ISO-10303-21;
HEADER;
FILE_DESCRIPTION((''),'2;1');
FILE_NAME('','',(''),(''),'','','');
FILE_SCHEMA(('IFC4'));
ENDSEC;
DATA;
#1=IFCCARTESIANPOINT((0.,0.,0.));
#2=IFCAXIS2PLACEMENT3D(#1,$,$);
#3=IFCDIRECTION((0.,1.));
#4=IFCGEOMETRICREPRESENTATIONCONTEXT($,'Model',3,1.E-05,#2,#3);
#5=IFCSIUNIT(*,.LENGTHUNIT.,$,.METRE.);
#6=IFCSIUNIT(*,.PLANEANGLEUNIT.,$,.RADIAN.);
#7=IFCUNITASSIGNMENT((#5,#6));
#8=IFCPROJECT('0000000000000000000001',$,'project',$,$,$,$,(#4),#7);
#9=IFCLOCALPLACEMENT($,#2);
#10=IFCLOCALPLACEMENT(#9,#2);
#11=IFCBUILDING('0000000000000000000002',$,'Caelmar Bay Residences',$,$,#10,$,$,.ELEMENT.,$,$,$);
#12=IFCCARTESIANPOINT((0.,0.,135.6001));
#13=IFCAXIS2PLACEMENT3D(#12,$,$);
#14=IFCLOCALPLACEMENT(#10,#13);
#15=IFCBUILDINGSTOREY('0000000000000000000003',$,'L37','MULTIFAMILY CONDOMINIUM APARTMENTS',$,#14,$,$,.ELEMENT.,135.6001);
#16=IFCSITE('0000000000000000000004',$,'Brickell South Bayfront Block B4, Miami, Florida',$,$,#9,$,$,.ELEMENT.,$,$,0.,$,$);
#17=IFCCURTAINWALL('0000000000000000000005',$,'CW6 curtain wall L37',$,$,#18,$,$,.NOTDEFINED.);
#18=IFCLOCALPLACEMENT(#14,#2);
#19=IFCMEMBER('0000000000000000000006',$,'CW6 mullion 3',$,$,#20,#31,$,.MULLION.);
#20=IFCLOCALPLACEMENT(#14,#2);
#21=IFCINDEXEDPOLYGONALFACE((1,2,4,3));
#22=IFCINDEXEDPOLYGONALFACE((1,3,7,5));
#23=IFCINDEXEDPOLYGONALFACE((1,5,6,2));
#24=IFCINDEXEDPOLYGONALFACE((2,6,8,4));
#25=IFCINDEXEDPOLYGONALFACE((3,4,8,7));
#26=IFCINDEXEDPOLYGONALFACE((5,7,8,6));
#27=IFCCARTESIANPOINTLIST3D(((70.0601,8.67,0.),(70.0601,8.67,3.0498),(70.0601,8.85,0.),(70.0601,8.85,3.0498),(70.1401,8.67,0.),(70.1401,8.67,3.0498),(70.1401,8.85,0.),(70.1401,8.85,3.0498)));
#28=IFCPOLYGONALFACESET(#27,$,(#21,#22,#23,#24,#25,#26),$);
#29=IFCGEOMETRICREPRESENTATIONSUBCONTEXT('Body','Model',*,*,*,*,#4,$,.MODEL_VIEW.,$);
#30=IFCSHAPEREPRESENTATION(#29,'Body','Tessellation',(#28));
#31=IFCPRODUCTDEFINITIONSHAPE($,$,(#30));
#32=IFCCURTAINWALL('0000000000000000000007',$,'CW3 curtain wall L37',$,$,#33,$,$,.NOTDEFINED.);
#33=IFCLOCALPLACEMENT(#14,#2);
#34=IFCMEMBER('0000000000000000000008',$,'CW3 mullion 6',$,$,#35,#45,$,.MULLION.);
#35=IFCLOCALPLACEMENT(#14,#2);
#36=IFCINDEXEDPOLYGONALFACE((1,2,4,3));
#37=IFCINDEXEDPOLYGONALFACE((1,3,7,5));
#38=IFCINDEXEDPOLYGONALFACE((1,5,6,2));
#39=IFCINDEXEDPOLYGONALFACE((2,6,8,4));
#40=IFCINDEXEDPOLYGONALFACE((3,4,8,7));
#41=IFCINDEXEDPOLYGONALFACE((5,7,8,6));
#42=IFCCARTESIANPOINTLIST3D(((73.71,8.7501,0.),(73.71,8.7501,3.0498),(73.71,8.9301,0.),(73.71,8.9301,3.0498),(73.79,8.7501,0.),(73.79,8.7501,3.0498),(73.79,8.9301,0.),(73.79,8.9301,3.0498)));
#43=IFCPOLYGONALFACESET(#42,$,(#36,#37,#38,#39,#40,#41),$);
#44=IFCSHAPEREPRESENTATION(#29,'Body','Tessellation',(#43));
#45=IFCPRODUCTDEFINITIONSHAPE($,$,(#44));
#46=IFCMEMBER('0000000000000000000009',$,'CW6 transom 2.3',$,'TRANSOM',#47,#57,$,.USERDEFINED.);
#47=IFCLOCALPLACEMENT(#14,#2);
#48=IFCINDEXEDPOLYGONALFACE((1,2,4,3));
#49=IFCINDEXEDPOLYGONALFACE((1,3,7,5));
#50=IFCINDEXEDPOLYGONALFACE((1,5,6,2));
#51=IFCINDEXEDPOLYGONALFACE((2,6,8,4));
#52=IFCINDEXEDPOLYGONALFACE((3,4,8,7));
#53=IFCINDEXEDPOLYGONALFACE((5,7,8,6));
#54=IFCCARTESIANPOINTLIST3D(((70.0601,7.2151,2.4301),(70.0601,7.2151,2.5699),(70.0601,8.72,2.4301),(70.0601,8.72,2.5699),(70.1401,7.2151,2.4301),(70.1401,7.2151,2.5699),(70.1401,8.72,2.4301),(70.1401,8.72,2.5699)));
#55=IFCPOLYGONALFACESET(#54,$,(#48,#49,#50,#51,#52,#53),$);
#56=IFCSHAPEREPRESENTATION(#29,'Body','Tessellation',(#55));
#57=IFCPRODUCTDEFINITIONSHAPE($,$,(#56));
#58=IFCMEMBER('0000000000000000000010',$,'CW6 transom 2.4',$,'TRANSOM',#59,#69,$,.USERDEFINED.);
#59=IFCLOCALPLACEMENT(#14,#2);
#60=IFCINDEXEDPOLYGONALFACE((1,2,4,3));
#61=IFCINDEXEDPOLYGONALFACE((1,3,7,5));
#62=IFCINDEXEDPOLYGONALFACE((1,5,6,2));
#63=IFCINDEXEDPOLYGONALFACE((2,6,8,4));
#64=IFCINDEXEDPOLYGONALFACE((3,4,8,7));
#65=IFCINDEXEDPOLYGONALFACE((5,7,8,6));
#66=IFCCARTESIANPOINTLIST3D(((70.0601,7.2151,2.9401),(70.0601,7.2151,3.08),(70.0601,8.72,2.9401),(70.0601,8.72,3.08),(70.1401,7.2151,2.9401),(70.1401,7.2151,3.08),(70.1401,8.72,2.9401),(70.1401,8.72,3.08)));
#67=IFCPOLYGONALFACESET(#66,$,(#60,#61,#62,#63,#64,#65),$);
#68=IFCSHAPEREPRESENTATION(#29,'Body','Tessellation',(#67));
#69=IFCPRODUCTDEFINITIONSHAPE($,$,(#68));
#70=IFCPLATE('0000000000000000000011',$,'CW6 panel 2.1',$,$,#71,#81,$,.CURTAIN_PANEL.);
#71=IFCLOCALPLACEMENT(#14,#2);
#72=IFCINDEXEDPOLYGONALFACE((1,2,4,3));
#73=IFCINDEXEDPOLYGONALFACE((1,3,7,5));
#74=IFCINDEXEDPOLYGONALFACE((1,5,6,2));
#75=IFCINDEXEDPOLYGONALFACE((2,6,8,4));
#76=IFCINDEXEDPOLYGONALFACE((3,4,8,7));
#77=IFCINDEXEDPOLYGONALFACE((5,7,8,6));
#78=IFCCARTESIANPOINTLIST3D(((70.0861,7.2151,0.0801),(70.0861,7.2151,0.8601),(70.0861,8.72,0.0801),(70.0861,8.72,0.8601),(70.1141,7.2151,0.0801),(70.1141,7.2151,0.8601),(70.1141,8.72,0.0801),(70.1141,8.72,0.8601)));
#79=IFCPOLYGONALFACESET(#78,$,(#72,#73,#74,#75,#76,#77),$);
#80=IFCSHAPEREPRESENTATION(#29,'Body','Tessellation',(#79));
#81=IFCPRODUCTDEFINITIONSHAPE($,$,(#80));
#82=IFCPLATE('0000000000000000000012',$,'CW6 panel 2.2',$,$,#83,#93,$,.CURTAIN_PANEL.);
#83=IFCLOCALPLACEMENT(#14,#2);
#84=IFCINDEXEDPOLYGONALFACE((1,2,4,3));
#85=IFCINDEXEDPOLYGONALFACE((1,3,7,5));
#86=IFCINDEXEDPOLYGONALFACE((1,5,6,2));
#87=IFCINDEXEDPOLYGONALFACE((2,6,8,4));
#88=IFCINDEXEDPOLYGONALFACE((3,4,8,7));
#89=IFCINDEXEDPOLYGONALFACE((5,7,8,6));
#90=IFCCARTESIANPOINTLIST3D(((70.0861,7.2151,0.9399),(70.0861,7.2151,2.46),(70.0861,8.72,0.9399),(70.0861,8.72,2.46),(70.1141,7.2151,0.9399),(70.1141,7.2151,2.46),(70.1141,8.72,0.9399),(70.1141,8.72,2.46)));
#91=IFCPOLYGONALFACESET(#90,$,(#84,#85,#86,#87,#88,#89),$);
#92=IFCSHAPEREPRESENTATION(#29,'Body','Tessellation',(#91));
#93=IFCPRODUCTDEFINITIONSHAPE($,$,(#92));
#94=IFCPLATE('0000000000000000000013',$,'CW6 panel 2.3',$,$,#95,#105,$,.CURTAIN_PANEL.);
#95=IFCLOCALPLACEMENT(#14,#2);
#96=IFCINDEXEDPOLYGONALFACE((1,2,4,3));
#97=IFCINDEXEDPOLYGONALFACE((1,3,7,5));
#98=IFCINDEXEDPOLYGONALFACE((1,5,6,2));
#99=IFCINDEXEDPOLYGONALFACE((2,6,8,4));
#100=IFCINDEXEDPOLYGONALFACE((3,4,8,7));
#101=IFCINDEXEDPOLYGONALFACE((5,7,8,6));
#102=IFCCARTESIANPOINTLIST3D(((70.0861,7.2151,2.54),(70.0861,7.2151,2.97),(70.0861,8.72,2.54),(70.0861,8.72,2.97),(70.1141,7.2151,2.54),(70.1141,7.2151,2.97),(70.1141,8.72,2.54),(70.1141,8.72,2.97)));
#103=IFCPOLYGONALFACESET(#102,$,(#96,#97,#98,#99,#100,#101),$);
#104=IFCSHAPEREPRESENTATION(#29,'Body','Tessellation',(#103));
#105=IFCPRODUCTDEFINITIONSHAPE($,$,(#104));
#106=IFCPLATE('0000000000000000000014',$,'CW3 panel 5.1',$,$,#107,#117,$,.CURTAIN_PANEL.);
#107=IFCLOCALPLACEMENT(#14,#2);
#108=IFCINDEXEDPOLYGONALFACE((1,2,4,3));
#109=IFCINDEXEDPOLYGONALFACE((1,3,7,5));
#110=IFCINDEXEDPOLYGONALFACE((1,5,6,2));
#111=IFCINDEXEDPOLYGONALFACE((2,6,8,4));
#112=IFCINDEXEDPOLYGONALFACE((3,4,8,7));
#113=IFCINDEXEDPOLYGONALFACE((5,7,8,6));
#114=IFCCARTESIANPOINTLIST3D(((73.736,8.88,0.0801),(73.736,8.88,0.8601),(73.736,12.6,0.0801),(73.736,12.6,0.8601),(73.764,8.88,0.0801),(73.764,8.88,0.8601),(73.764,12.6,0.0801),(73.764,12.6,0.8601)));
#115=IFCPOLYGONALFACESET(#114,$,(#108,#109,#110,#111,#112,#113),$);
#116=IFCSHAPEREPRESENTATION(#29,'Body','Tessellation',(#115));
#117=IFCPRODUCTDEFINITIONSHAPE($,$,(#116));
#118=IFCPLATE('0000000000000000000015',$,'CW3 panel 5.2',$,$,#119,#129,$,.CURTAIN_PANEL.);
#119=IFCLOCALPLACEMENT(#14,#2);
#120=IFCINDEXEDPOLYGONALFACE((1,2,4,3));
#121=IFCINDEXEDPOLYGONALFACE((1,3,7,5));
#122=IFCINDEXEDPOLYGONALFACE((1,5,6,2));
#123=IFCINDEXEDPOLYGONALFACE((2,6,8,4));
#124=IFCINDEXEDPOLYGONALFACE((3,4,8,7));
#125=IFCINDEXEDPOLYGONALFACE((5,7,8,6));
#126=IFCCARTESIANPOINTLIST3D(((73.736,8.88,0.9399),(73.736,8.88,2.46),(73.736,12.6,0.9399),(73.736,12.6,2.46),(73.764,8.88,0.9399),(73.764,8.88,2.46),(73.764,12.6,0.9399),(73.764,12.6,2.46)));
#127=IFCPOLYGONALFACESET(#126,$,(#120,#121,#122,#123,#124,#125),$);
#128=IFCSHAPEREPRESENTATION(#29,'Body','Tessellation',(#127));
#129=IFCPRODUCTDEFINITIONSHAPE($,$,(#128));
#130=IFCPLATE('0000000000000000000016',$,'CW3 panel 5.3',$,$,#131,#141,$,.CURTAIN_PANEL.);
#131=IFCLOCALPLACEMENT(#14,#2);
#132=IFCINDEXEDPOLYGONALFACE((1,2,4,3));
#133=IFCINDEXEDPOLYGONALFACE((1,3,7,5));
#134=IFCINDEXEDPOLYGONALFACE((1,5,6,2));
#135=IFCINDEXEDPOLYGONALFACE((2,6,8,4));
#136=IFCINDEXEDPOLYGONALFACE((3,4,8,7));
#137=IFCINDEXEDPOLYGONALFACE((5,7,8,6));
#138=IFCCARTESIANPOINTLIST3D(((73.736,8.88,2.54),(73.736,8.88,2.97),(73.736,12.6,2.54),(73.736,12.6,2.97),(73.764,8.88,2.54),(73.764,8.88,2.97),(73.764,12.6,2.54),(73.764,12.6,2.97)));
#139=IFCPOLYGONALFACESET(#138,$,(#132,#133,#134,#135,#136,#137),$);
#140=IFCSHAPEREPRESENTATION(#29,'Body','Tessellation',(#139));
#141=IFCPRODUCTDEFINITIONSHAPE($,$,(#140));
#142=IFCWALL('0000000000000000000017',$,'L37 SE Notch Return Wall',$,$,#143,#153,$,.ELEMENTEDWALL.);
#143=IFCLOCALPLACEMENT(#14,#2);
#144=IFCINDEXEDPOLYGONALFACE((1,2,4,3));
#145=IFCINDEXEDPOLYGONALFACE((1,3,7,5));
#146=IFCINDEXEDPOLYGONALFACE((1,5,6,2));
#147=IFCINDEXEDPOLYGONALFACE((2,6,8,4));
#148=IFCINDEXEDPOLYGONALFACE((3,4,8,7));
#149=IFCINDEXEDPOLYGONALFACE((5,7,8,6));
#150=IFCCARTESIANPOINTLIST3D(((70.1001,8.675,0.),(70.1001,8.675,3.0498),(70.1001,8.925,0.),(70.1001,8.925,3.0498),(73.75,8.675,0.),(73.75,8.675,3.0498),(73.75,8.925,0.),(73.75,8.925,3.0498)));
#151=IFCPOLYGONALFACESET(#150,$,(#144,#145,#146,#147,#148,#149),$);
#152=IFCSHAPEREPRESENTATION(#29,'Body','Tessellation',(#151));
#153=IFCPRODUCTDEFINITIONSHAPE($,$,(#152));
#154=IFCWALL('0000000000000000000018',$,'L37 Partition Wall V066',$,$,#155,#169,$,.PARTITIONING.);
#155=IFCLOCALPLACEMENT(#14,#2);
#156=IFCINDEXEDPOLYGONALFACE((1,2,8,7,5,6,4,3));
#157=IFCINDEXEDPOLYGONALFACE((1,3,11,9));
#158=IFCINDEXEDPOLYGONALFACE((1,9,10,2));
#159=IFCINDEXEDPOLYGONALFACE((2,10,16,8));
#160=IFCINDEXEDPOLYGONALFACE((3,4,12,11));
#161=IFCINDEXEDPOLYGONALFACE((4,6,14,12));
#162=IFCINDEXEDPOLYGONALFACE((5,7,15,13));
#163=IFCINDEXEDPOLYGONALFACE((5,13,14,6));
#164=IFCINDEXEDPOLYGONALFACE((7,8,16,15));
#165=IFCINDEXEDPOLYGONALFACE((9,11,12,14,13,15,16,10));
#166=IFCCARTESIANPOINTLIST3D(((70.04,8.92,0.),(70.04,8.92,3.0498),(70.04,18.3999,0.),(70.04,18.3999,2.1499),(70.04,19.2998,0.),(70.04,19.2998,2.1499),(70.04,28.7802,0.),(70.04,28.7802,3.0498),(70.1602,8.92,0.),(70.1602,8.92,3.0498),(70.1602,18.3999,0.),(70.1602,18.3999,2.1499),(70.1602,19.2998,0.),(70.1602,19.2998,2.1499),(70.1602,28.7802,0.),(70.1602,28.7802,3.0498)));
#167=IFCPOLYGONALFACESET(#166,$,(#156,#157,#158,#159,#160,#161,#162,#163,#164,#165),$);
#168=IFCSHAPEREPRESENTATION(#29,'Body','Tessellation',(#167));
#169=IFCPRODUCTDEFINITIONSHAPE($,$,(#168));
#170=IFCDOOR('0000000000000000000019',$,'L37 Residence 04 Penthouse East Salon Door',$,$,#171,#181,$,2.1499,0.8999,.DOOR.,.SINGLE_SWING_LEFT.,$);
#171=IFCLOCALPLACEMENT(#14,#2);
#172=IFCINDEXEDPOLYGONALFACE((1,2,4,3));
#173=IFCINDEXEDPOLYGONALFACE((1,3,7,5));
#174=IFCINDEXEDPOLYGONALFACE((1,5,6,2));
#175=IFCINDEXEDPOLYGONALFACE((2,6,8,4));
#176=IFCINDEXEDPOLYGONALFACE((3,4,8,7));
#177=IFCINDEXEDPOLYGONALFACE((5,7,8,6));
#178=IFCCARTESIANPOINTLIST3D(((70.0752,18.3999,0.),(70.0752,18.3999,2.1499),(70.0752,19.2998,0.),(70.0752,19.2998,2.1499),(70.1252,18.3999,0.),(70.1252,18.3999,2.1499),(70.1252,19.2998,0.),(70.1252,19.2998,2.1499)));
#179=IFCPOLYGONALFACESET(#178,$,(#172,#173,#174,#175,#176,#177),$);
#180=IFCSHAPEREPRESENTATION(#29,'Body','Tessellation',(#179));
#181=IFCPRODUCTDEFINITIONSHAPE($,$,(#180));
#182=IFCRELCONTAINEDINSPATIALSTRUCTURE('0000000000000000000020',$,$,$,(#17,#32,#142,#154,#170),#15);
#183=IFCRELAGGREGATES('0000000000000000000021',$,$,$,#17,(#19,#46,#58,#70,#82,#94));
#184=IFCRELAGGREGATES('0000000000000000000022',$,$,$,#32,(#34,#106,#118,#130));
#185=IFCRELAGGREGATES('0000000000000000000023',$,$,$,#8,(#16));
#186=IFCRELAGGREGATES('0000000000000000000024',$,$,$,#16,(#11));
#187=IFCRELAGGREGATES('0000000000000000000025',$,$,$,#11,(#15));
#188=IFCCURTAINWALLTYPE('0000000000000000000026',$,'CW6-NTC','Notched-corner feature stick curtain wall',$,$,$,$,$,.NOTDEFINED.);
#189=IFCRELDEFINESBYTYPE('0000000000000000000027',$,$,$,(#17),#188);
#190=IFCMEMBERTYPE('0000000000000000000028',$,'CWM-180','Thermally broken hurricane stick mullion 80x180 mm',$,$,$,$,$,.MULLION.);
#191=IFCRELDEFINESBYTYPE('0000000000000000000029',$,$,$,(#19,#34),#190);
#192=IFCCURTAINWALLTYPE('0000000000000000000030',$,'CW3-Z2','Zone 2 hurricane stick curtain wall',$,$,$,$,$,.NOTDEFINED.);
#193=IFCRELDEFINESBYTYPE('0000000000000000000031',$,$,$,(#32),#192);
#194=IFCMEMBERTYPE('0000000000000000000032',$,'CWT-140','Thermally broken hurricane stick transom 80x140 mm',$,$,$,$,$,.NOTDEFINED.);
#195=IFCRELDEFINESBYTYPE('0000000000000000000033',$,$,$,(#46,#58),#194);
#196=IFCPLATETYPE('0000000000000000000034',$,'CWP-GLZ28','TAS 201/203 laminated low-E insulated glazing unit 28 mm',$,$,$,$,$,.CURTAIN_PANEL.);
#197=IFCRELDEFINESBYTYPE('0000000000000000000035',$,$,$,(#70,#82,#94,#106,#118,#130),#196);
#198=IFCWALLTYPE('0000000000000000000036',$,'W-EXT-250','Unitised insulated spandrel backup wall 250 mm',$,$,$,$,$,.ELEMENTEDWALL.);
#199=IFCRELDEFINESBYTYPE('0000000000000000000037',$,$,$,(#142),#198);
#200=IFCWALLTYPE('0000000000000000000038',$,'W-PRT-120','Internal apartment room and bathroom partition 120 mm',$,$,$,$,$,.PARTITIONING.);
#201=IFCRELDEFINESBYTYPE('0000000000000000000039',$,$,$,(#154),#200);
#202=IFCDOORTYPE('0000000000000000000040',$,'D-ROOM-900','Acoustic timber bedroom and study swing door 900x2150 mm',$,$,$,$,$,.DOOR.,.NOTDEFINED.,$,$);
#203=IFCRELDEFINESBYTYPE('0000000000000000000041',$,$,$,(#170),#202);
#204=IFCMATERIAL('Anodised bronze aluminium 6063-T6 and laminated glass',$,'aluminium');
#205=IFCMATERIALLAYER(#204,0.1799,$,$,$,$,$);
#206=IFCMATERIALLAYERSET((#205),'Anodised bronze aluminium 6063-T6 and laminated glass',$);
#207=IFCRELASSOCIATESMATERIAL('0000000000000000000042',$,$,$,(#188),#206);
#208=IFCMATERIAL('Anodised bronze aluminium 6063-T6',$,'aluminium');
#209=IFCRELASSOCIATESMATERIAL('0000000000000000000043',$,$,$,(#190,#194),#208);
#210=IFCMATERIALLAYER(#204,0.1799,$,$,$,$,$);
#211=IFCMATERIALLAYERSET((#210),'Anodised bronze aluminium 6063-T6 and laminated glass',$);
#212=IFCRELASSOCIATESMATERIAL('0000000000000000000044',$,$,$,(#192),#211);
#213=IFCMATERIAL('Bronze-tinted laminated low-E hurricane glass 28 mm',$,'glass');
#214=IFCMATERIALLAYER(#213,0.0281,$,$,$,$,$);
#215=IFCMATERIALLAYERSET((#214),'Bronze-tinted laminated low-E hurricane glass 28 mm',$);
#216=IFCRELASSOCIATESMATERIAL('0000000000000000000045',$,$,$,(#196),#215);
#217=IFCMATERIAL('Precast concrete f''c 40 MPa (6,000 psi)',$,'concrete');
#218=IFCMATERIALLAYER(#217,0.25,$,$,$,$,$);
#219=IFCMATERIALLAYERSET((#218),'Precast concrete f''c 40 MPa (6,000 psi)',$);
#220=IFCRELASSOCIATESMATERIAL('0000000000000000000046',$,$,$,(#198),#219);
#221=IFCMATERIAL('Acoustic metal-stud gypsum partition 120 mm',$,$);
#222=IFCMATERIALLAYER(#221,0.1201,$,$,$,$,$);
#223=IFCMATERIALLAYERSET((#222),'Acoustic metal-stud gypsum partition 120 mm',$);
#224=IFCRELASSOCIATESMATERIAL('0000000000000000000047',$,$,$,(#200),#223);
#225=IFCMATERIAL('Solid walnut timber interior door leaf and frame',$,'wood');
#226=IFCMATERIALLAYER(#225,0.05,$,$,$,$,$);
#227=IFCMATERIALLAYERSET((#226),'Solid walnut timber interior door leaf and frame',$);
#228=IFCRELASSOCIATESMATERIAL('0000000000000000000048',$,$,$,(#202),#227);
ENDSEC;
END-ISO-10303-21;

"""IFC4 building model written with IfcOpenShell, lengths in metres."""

from ifc_helpers import new_model, si_unit, direction, frame, frame_2d, origin, origin_2d, place, context, subcontext, project, spatial, rectangle, extrude, material, layer, layer_set, material_profile, profile_set, type_object, element, fill, aggregate, save


model = new_model("IFC4")

# Units and contexts
model_context = context("Model", 3, precision=1e-05, world=origin(), true_north=direction((0.0, 1.0)))
body_context = subcontext(model_context, "Body", "Model", "MODEL_VIEW")
ifc_project = project(units=[si_unit("LENGTHUNIT", "METRE"), si_unit("PLANEANGLEUNIT", "RADIAN")], contexts=[model_context])

# Site, building, storey
site_placement = place(None, origin())
site = spatial("IfcSite", under=ifc_project, at=site_placement, Name="Brickell South Bayfront Block B4, Miami, Florida", CompositionType="ELEMENT", RefElevation=0.0)
building_placement = place(site_placement, origin())
building = spatial("IfcBuilding", under=site, at=building_placement, Name="Caelmar Bay Residences", CompositionType="ELEMENT")
storey_placement = place(building_placement, frame((0.0, 0.0, 135.6001)))
storey = spatial("IfcBuildingStorey", under=building, at=storey_placement, Name="L37", Description="MULTIFAMILY CONDOMINIUM APARTMENTS", CompositionType="ELEMENT", Elevation=135.6001)

# Curtain walls, members
ifc_material_1 = material(Name="Anodised bronze aluminium 6063-T6 and laminated glass", Category="aluminium")
ifc_layer_1 = layer(ifc_material_1, 0.1799)
ifc_layer_set_1 = layer_set([ifc_layer_1], Name="Anodised bronze aluminium 6063-T6 and laminated glass")
curtain_wall_type_1 = type_object("IfcCurtainWallType", Name="CW6-NTC", Description="Notched-corner feature stick curtain wall", PredefinedType="NOTDEFINED", material=ifc_layer_set_1)
curtain_wall_1_placement = place(storey_placement, origin())
curtain_wall_1 = element("IfcCurtainWall", 1, at=curtain_wall_1_placement, inside=storey, type_object=curtain_wall_type_1, Name="CW6 curtain wall L37", PredefinedType="NOTDEFINED")
ifc_material_2 = material(Name="Anodised bronze aluminium 6063-T6", Category="aluminium")
ifc_material_profile_1 = material_profile(ifc_material_2, rectangle(XDim=0.0801, YDim=0.1799, at=origin_2d()), Name="CWM-80X180")
ifc_profile_set_1 = profile_set([ifc_material_profile_1], Name="Anodised bronze aluminium 6063-T6")
member_type_1 = type_object("IfcMemberType", Name="CWM-180", Description="Thermally broken hurricane stick mullion 80x180 mm", PredefinedType="MULLION", material=ifc_profile_set_1)
member_1_placement = place(storey_placement, frame((70.1001, 8.76, 0.0), z_axis=(0.0, 0.0, 1.0), x_axis=(-1.0, 0.0, 0.0)))
member_1 = element("IfcMember", 2, at=member_1_placement, type_object=member_type_1, Name="CW6 mullion 3", PredefinedType="MULLION", context=body_context, shape_type="SweptSolid", body=[
    extrude(rectangle(XDim=0.0801, YDim=0.1799, at=origin_2d()), origin(), (0.0, 0.0, 1.0), 3.0498),
])
ifc_layer_2 = layer(ifc_material_1, 0.1799)
ifc_layer_set_2 = layer_set([ifc_layer_2], Name="Anodised bronze aluminium 6063-T6 and laminated glass")
curtain_wall_type_2 = type_object("IfcCurtainWallType", Name="CW3-Z2", Description="Zone 2 hurricane stick curtain wall", PredefinedType="NOTDEFINED", material=ifc_layer_set_2)
curtain_wall_2_placement = place(storey_placement, origin())
curtain_wall_2 = element("IfcCurtainWall", 3, at=curtain_wall_2_placement, inside=storey, type_object=curtain_wall_type_2, Name="CW3 curtain wall L37", PredefinedType="NOTDEFINED")
member_2_placement = place(storey_placement, frame((73.75, 8.8401, 0.0), z_axis=(0.0, 0.0, 1.0), x_axis=(1.0, 0.0, 0.0)))
member_2 = element("IfcMember", 4, at=member_2_placement, type_object=member_type_1, Name="CW3 mullion 6", PredefinedType="MULLION", context=body_context, shape_type="SweptSolid", body=[
    extrude(rectangle(XDim=0.0801, YDim=0.1799, at=origin_2d()), origin(), (0.0, 0.0, 1.0), 3.0498),
])

# Members
ifc_material_profile_2 = material_profile(ifc_material_2, rectangle(XDim=0.0801, YDim=0.1399, at=origin_2d()), Name="CWT-80X140")
ifc_profile_set_2 = profile_set([ifc_material_profile_2], Name="Anodised bronze aluminium 6063-T6")
member_type_2 = type_object("IfcMemberType", Name="CWT-140", Description="Thermally broken hurricane stick transom 80x140 mm", PredefinedType="NOTDEFINED", material=ifc_profile_set_2)
member_3_placement = place(storey_placement, frame((70.1001, 7.2151, 2.5), z_axis=(0.0, 1.0, 0.0), x_axis=(-1.0, 0.0, 0.0)))
member_3 = element("IfcMember", 5, at=member_3_placement, type_object=member_type_2, Name="CW6 transom 2.3", ObjectType="TRANSOM", PredefinedType="USERDEFINED", context=body_context, shape_type="SweptSolid", body=[
    extrude(rectangle(XDim=0.0801, YDim=0.1399, at=origin_2d()), origin(), (0.0, 0.0, 1.0), 1.5049),
])
member_4_placement = place(storey_placement, frame((70.1001, 7.2151, 3.01), z_axis=(0.0, 1.0, 0.0), x_axis=(-1.0, 0.0, 0.0)))
member_4 = element("IfcMember", 6, at=member_4_placement, type_object=member_type_2, Name="CW6 transom 2.4", ObjectType="TRANSOM", PredefinedType="USERDEFINED", context=body_context, shape_type="SweptSolid", body=[
    extrude(rectangle(XDim=0.0801, YDim=0.1399, at=origin_2d()), origin(), (0.0, 0.0, 1.0), 1.5049),
])

# Plates
ifc_material_3 = material(Name="Bronze-tinted laminated low-E hurricane glass 28 mm", Category="glass")
ifc_layer_3 = layer(ifc_material_3, 0.0281)
ifc_layer_set_3 = layer_set([ifc_layer_3], Name="Bronze-tinted laminated low-E hurricane glass 28 mm")
plate_type = type_object("IfcPlateType", Name="CWP-GLZ28", Description="TAS 201/203 laminated low-E insulated glazing unit 28 mm", PredefinedType="CURTAIN_PANEL", material=ifc_layer_set_3)
plate_1_placement = place(storey_placement, frame((70.1001, 7.9675, 0.0801), z_axis=(0.0, 0.0, 1.0), x_axis=(0.0, 1.0, 0.0)))
plate_1 = element("IfcPlate", 7, at=plate_1_placement, type_object=plate_type, Name="CW6 panel 2.1", PredefinedType="CURTAIN_PANEL", context=body_context, shape_type="SweptSolid", body=[
    extrude(rectangle(XDim=1.5049, YDim=0.0281, at=origin_2d()), origin(), (0.0, 0.0, 1.0), 0.78),
])
plate_2_placement = place(storey_placement, frame((70.1001, 7.9675, 0.9399), z_axis=(0.0, 0.0, 1.0), x_axis=(0.0, 1.0, 0.0)))
plate_2 = element("IfcPlate", 8, at=plate_2_placement, type_object=plate_type, Name="CW6 panel 2.2", PredefinedType="CURTAIN_PANEL", context=body_context, shape_type="SweptSolid", body=[
    extrude(rectangle(XDim=1.5049, YDim=0.0281, at=origin_2d()), origin(), (0.0, 0.0, 1.0), 1.52),
])
plate_3_placement = place(storey_placement, frame((70.1001, 7.9675, 2.54), z_axis=(0.0, 0.0, 1.0), x_axis=(0.0, 1.0, 0.0)))
plate_3 = element("IfcPlate", 9, at=plate_3_placement, type_object=plate_type, Name="CW6 panel 2.3", PredefinedType="CURTAIN_PANEL", context=body_context, shape_type="SweptSolid", body=[
    extrude(rectangle(XDim=1.5049, YDim=0.0281, at=origin_2d()), origin(), (0.0, 0.0, 1.0), 0.4299),
])
aggregate(curtain_wall_1, [member_1, member_3, member_4, plate_1, plate_2, plate_3])
plate_4_placement = place(storey_placement, frame((73.75, 10.74, 0.0801), z_axis=(0.0, 0.0, 1.0), x_axis=(0.0, -1.0, 0.0)))
plate_4 = element("IfcPlate", 10, at=plate_4_placement, type_object=plate_type, Name="CW3 panel 5.1", PredefinedType="CURTAIN_PANEL", context=body_context, shape_type="SweptSolid", body=[
    extrude(rectangle(XDim=3.72, YDim=0.0281, at=origin_2d()), origin(), (0.0, 0.0, 1.0), 0.78),
])
plate_5_placement = place(storey_placement, frame((73.75, 10.74, 0.9399), z_axis=(0.0, 0.0, 1.0), x_axis=(0.0, -1.0, 0.0)))
plate_5 = element("IfcPlate", 11, at=plate_5_placement, type_object=plate_type, Name="CW3 panel 5.2", PredefinedType="CURTAIN_PANEL", context=body_context, shape_type="SweptSolid", body=[
    extrude(rectangle(XDim=3.72, YDim=0.0281, at=origin_2d()), origin(), (0.0, 0.0, 1.0), 1.52),
])
plate_6_placement = place(storey_placement, frame((73.75, 10.74, 2.54), z_axis=(0.0, 0.0, 1.0), x_axis=(0.0, -1.0, 0.0)))
plate_6 = element("IfcPlate", 12, at=plate_6_placement, type_object=plate_type, Name="CW3 panel 5.3", PredefinedType="CURTAIN_PANEL", context=body_context, shape_type="SweptSolid", body=[
    extrude(rectangle(XDim=3.72, YDim=0.0281, at=origin_2d()), origin(), (0.0, 0.0, 1.0), 0.4299),
])
aggregate(curtain_wall_2, [member_2, plate_4, plate_5, plate_6])

# Wall
ifc_material_4 = material(Name="Precast concrete f'c 40 MPa (6,000 psi)", Category="concrete")
ifc_layer_4 = layer(ifc_material_4, 0.25)
ifc_layer_set_4 = layer_set([ifc_layer_4], Name="Precast concrete f'c 40 MPa (6,000 psi)")
wall_type_1 = type_object("IfcWallType", Name="W-EXT-250", Description="Unitised insulated spandrel backup wall 250 mm", PredefinedType="ELEMENTEDWALL", material=ifc_layer_set_4)
wall_1_placement = place(storey_placement, frame((70.1001, 8.8, 0.0), z_axis=(0.0, 0.0, 1.0), x_axis=(1.0, 0.0, 0.0)))
element("IfcWall", 13, at=wall_1_placement, inside=storey, type_object=wall_type_1, Name="L37 SE Notch Return Wall", PredefinedType="ELEMENTEDWALL", context=body_context, shape_type="SweptSolid", body=[
    extrude(rectangle(XDim=3.6499, YDim=0.25, at=frame_2d((1.825, 0.0))), origin(), (0.0, 0.0, 1.0), 3.0498),
])

# Wall, opening, door
ifc_material_5 = material(Name="Acoustic metal-stud gypsum partition 120 mm")
ifc_layer_5 = layer(ifc_material_5, 0.1201)
ifc_layer_set_5 = layer_set([ifc_layer_5], Name="Acoustic metal-stud gypsum partition 120 mm")
wall_type_2 = type_object("IfcWallType", Name="W-PRT-120", Description="Internal apartment room and bathroom partition 120 mm", PredefinedType="PARTITIONING", material=ifc_layer_set_5)
wall_2_placement = place(storey_placement, frame((70.1001, 8.9199, 0.0), z_axis=(0.0, 0.0, 1.0), x_axis=(0.0, 1.0, 0.0)))
wall_2 = element("IfcWall", 14, at=wall_2_placement, inside=storey, type_object=wall_type_2, Name="L37 Partition Wall V066", PredefinedType="PARTITIONING", context=body_context, shape_type="SweptSolid", body=[
    extrude(rectangle(XDim=19.8601, YDim=0.1201, at=frame_2d((9.9302, 0.0))), origin(), (0.0, 0.0, 1.0), 3.0498),
])
opening_placement = place(wall_2_placement, frame((9.48, 0.0, 0.0)))
opening = element("IfcOpeningElement", 15, at=opening_placement, cuts=wall_2, PredefinedType="OPENING", context=body_context, shape_type="SweptSolid", body=[
    extrude(rectangle(XDim=0.8999, YDim=2.1499, at=frame_2d((0.45, 1.075))), frame((0.0, 0.0701, 0.0), z_axis=(0.0, -1.0, 0.0), x_axis=(1.0, 0.0, 0.0)), (0.0, 0.0, 1.0), 0.1401),
])
ifc_material_6 = material(Name="Solid walnut timber interior door leaf and frame", Category="wood")
ifc_layer_6 = layer(ifc_material_6, 0.05)
ifc_layer_set_6 = layer_set([ifc_layer_6], Name="Solid walnut timber interior door leaf and frame")
door_type = type_object("IfcDoorType", Name="D-ROOM-900", Description="Acoustic timber bedroom and study swing door 900x2150 mm", OperationType="NOTDEFINED", PredefinedType="DOOR", material=ifc_layer_set_6)
door_placement = place(opening_placement, origin())
door = element("IfcDoor", 16, at=door_placement, inside=storey, type_object=door_type, Name="L37 Residence 04 Penthouse East Salon Door", OperationType="SINGLE_SWING_LEFT", OverallHeight=2.1499, OverallWidth=0.8999, PredefinedType="DOOR", context=body_context, shape_type="SweptSolid", body=[
    extrude(rectangle(XDim=0.8999, YDim=2.1499, at=frame_2d((0.45, 1.075))), frame((0.0, 0.0249, 0.0), z_axis=(0.0, -1.0, 0.0), x_axis=(1.0, 0.0, 0.0)), (0.0, 0.0, 1.0), 0.05),
])
fill(opening, door)

save(model, "model.ifc")
